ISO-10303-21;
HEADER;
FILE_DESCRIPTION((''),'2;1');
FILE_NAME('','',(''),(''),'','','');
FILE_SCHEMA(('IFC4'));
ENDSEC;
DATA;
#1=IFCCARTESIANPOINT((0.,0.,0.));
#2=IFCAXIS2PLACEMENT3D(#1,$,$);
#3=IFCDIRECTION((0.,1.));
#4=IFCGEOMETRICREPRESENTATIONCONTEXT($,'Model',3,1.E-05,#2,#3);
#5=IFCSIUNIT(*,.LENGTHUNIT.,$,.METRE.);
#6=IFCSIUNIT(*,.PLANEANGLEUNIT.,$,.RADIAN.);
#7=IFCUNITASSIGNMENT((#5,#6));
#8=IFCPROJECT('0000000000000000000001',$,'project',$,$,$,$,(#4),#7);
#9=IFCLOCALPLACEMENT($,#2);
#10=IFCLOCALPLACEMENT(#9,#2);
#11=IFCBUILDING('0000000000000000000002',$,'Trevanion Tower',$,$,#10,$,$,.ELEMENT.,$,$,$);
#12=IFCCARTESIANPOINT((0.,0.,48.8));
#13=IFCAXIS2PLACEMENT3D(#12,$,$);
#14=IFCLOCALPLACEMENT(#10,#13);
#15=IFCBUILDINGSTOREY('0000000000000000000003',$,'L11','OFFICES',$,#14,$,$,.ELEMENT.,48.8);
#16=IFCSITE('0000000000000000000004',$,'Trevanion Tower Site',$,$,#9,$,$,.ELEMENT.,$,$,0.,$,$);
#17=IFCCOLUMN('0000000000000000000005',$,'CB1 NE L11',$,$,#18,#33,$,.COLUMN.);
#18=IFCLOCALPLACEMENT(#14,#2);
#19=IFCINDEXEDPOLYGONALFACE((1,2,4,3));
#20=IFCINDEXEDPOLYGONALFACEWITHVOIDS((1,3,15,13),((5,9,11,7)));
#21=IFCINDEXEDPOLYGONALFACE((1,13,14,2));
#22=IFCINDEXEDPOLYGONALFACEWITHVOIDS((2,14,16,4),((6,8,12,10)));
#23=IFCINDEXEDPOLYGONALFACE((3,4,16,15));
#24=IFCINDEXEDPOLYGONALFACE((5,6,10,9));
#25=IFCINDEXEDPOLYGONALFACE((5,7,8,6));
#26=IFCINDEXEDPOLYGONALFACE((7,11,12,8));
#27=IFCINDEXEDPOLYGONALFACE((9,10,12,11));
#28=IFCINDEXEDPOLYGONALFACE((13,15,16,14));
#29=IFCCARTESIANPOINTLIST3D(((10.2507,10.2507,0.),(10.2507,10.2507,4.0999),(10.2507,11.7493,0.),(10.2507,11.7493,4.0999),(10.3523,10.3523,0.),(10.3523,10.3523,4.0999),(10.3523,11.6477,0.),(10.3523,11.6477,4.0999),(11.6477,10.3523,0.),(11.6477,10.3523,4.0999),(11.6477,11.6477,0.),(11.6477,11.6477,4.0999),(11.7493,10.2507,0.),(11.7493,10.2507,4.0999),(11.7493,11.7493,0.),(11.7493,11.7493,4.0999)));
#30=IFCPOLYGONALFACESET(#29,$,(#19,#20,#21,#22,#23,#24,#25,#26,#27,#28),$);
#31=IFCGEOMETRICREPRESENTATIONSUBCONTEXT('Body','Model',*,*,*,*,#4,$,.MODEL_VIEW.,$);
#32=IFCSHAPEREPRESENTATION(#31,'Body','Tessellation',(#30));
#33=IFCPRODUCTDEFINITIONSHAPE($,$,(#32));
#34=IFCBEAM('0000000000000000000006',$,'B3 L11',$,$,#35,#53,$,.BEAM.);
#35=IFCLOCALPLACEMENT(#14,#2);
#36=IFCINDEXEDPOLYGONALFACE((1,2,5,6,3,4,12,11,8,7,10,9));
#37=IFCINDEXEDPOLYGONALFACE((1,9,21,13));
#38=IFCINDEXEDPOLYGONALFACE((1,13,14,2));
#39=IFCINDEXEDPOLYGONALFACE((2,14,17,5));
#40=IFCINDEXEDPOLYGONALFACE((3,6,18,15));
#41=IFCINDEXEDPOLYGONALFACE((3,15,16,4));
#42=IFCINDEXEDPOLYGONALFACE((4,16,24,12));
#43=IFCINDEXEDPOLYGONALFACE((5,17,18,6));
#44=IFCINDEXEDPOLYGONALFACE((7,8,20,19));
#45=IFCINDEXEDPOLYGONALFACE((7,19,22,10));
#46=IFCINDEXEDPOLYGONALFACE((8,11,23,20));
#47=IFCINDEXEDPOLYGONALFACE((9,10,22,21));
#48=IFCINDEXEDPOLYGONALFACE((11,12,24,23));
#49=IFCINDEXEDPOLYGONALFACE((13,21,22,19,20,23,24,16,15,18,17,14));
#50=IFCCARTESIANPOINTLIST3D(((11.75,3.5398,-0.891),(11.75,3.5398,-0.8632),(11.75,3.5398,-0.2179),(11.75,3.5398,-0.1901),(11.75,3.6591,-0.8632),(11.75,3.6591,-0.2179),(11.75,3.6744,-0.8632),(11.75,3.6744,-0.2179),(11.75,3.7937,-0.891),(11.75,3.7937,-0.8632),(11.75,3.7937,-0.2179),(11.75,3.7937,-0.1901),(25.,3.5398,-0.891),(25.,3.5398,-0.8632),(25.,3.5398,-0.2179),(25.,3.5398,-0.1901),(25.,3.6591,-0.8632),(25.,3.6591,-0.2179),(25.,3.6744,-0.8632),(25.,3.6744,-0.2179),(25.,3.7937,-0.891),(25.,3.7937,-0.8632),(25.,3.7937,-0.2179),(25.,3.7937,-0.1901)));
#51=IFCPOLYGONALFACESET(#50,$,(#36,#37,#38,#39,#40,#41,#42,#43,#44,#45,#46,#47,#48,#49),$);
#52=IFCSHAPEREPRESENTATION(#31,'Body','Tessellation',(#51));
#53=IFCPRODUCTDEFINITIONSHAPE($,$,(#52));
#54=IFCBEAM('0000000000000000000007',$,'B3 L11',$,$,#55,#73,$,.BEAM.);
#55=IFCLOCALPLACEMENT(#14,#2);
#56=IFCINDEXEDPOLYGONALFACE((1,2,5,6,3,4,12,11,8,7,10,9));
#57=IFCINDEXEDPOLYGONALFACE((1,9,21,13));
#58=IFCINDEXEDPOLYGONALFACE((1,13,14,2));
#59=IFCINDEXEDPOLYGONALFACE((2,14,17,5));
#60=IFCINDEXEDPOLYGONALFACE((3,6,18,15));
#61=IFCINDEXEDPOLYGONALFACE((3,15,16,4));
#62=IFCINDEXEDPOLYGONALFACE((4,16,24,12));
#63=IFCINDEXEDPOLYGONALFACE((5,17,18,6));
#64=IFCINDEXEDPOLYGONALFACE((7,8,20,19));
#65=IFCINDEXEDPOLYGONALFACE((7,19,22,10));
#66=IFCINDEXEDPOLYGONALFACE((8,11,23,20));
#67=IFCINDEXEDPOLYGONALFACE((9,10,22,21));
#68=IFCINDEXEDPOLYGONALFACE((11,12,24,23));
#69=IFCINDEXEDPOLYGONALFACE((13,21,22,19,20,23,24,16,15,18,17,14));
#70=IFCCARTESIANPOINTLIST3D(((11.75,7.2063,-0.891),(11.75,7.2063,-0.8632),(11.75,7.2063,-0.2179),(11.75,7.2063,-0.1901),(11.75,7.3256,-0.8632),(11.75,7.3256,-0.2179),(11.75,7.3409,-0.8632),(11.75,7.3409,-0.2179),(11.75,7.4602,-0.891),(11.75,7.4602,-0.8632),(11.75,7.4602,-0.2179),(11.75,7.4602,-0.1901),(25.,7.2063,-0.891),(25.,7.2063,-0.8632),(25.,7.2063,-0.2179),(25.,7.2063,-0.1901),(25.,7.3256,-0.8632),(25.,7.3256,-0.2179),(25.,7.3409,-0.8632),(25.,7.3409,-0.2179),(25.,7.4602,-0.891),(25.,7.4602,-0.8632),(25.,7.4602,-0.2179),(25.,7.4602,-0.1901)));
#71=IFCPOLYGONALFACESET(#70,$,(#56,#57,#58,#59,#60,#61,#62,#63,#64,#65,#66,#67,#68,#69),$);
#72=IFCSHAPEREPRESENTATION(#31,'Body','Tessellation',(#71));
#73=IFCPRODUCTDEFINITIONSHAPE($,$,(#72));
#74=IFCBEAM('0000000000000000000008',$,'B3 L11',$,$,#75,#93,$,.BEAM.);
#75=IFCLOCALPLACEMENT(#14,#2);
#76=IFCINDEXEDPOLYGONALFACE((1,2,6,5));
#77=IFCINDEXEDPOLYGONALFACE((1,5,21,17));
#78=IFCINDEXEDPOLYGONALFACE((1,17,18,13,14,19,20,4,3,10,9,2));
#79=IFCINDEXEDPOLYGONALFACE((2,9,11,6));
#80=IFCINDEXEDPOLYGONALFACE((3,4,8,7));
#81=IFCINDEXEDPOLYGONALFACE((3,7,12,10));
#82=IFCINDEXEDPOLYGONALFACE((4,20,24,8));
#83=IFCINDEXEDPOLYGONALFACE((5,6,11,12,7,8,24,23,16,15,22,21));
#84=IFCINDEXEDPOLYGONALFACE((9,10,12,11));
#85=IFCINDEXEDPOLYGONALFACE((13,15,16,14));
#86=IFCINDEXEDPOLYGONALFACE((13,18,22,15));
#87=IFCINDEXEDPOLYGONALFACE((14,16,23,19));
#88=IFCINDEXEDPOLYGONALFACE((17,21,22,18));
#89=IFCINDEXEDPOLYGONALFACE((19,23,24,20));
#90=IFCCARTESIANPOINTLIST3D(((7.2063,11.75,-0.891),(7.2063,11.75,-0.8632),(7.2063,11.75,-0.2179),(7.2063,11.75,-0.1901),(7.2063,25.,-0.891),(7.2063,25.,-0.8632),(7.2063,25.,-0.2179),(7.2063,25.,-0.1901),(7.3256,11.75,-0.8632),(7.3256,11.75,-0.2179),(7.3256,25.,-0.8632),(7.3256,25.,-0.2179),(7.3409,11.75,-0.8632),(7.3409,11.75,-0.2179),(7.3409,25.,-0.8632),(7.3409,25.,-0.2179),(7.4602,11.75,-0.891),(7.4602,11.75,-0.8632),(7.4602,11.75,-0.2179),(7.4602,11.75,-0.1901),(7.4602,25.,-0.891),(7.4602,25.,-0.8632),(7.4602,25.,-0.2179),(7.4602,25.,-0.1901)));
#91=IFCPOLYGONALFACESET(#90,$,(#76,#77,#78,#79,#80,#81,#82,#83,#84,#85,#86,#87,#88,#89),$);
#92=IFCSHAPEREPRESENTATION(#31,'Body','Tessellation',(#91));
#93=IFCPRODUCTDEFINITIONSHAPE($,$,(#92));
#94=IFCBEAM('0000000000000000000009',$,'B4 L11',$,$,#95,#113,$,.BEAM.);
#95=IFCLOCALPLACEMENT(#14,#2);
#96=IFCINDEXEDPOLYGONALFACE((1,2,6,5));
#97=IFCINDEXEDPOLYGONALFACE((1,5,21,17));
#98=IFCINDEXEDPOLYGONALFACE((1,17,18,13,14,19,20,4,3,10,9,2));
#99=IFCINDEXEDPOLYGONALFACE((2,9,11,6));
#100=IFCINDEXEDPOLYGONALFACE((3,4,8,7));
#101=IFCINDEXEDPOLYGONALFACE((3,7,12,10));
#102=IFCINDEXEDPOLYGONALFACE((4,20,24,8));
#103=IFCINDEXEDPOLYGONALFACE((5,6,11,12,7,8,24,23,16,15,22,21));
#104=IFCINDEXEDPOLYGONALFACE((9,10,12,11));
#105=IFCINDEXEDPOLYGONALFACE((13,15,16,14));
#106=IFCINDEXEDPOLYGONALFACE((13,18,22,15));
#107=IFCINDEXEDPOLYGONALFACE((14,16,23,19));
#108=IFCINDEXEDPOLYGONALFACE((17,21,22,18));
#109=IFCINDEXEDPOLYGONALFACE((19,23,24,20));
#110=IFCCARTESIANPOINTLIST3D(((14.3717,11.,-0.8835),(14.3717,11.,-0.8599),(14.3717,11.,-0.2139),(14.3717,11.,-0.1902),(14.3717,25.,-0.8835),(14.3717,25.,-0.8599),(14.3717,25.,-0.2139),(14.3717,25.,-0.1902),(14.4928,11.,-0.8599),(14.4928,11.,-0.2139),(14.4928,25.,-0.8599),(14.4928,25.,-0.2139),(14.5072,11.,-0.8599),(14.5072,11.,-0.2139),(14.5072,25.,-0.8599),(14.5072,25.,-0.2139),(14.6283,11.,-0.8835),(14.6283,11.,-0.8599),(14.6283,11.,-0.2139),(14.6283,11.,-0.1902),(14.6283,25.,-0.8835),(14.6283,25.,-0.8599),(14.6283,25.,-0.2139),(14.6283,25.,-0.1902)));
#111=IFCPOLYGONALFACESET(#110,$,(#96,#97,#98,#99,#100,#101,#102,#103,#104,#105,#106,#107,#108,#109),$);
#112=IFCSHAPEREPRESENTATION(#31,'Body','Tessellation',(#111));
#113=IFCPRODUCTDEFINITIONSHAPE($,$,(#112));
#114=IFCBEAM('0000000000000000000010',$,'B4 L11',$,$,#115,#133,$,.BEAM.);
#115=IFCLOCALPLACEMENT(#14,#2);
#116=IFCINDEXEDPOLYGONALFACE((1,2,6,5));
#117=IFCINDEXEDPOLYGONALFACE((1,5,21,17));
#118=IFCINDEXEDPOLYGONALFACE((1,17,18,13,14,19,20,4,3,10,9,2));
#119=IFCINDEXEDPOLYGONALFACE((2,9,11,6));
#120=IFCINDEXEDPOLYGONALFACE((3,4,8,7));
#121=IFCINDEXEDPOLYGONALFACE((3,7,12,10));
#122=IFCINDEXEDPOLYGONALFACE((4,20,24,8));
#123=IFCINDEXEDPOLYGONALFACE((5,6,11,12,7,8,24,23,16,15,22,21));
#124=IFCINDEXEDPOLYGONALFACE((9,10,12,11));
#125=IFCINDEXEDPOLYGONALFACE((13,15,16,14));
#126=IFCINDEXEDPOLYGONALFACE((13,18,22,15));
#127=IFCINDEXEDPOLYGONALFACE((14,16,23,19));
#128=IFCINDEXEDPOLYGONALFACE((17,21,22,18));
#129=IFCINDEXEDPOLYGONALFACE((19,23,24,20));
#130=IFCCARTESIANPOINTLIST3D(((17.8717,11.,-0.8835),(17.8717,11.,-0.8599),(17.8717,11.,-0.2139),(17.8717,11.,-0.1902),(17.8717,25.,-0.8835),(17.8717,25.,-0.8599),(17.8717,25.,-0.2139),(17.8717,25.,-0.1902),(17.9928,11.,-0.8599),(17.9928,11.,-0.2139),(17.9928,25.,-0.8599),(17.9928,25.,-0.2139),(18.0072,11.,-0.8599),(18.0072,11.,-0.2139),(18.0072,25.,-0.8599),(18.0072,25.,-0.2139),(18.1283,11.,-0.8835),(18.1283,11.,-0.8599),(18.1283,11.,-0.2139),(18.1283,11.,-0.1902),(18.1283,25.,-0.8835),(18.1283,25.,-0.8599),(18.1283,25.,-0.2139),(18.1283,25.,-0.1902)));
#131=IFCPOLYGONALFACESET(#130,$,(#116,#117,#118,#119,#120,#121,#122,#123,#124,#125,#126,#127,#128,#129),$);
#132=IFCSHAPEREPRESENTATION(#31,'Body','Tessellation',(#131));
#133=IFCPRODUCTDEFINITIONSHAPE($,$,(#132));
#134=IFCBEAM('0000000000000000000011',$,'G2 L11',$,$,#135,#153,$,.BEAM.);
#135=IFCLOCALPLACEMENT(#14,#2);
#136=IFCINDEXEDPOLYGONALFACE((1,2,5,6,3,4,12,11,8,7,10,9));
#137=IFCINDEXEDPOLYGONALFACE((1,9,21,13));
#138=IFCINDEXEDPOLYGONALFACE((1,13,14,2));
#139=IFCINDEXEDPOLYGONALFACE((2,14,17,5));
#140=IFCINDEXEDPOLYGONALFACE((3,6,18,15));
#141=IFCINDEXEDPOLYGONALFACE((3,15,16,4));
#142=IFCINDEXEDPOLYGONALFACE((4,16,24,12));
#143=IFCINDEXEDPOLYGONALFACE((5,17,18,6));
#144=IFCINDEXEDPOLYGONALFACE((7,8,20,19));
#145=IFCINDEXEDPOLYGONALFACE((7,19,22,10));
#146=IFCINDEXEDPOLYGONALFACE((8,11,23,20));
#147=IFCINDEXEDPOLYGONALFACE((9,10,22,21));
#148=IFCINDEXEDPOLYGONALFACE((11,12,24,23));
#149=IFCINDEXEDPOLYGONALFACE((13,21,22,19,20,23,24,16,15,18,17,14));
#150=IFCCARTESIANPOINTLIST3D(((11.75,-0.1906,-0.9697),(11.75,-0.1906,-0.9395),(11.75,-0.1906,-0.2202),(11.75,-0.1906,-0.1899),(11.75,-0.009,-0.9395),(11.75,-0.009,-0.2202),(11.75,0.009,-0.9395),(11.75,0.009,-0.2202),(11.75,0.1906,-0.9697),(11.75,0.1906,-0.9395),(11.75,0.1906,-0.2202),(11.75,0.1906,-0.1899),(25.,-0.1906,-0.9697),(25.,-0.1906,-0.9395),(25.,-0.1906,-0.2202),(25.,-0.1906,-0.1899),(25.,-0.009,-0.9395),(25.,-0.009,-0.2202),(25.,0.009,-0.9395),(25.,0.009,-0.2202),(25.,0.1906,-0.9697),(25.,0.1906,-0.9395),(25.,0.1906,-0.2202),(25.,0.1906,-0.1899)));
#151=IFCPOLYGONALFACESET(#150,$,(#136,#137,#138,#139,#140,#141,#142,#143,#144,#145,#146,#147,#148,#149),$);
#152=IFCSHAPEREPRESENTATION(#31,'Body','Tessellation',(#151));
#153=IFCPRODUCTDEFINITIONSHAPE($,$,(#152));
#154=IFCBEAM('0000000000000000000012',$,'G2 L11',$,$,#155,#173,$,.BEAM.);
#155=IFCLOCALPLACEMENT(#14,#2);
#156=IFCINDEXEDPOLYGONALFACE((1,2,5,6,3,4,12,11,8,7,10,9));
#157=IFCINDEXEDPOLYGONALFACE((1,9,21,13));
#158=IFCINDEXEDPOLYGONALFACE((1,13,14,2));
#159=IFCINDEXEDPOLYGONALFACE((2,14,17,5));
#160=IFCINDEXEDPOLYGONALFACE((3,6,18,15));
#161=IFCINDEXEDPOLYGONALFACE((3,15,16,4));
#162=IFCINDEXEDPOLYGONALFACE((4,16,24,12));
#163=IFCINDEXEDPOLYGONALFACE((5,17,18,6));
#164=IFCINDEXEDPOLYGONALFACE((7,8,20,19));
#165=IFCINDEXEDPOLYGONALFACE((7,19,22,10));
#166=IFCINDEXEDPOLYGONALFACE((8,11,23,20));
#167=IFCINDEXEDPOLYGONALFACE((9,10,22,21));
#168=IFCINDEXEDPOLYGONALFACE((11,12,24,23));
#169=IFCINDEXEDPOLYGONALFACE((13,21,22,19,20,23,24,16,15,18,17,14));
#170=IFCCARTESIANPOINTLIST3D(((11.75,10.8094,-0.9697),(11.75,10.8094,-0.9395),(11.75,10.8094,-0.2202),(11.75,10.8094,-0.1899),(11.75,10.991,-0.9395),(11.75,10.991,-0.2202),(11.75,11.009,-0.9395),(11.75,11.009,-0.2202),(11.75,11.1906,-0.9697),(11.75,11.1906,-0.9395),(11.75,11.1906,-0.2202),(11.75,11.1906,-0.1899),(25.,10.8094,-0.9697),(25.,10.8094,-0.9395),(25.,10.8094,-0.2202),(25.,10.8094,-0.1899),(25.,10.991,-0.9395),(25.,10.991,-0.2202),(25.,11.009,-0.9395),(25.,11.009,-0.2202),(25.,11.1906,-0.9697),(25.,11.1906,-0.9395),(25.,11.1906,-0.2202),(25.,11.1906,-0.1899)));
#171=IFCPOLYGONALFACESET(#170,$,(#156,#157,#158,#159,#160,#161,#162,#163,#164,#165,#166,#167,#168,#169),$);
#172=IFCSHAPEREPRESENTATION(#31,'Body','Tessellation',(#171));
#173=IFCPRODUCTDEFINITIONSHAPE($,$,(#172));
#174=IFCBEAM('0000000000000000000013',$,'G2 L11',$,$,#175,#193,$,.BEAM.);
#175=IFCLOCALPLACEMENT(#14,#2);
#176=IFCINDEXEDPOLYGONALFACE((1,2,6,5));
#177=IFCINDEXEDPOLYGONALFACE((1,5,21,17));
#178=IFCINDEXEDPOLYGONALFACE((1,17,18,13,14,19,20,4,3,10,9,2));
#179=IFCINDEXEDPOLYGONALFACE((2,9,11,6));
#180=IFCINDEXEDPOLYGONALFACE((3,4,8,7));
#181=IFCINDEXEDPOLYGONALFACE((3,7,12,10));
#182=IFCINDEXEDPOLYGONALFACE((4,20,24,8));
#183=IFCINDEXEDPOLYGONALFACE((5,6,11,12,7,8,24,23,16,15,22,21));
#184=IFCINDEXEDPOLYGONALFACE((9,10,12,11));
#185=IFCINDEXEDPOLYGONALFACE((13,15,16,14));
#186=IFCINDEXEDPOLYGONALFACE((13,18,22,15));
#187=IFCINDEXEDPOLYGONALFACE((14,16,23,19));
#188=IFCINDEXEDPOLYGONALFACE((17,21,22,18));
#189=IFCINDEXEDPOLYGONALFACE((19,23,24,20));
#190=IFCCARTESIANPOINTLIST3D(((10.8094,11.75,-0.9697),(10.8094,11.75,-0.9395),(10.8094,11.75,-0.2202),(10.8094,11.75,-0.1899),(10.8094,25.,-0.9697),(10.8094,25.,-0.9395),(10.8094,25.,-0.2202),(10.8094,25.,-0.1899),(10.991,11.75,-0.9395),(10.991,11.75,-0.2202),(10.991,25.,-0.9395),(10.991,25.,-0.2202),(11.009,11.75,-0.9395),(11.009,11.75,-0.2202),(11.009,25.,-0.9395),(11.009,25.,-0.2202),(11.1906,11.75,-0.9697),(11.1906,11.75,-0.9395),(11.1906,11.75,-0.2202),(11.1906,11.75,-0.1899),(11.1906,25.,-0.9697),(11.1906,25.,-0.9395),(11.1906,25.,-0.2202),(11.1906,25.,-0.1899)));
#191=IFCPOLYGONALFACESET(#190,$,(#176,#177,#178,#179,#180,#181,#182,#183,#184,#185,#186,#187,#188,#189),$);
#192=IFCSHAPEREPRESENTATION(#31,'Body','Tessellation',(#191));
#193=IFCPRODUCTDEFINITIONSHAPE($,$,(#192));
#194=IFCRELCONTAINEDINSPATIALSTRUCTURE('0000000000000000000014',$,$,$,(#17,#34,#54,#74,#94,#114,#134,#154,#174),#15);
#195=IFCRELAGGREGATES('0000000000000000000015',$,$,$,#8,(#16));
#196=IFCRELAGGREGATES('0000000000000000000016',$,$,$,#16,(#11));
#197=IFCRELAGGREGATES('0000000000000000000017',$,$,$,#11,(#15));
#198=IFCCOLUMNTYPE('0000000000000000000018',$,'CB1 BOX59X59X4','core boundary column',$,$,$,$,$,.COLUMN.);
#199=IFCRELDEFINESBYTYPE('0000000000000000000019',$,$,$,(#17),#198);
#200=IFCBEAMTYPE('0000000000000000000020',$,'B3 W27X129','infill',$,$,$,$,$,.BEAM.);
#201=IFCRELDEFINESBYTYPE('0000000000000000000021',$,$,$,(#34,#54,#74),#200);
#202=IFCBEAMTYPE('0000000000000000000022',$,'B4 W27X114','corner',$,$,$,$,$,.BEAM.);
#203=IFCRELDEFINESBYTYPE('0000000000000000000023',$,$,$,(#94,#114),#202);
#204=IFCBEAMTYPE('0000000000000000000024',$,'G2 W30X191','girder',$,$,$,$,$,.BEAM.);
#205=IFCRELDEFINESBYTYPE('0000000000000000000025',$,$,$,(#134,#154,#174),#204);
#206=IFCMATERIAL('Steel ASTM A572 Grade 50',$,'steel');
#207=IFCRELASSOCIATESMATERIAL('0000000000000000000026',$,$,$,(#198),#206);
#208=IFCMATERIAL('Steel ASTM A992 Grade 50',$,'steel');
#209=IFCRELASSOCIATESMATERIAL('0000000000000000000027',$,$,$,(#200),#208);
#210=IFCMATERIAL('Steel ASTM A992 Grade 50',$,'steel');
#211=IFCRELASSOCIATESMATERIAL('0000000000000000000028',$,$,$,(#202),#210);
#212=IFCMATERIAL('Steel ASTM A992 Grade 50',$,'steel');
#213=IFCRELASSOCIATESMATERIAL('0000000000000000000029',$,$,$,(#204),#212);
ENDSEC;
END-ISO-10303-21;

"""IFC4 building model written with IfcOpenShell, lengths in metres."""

from ifc_helpers import new_model, si_unit, direction, frame, origin, origin_2d, place, context, subcontext, project, spatial, hollow_rectangle, i_section, extrude, material, material_profile, profile_set, type_object, element, save


model = new_model("IFC4")

# Units and contexts
model_context = context("Model", 3, precision=1e-05, world=origin(), true_north=direction((0.0, 1.0)))
body_context = subcontext(model_context, "Body", "Model", "MODEL_VIEW")
ifc_project = project(units=[si_unit("LENGTHUNIT", "METRE"), si_unit("PLANEANGLEUNIT", "RADIAN")], contexts=[model_context])

# Site, building, storey
site_placement = place(None, origin())
site = spatial("IfcSite", under=ifc_project, at=site_placement, Name="Trevanion Tower Site", CompositionType="ELEMENT", RefElevation=0.0)
building_placement = place(site_placement, origin())
building = spatial("IfcBuilding", under=site, at=building_placement, Name="Trevanion Tower", CompositionType="ELEMENT")
storey_placement = place(building_placement, frame((0.0, 0.0, 48.8)))
storey = spatial("IfcBuildingStorey", under=building, at=storey_placement, Name="L11", Description="OFFICES", CompositionType="ELEMENT", Elevation=48.8)

# Column
ifc_material_1 = material(Name="Steel ASTM A572 Grade 50", Category="steel")
ifc_material_profile_1 = material_profile(ifc_material_1, hollow_rectangle(XDim=1.4985, YDim=1.4985, WallThickness=0.1016, at=origin_2d()), Name="BOX59X59X4")
ifc_profile_set_1 = profile_set([ifc_material_profile_1], Name="Steel ASTM A572 Grade 50")
column_type = type_object("IfcColumnType", Name="CB1 BOX59X59X4", Description="core boundary column", PredefinedType="COLUMN", material=ifc_profile_set_1)
column_placement = place(storey_placement, frame((11.0, 11.0, 0.0), z_axis=(0.0, 0.0, 1.0), x_axis=(1.0, 0.0, 0.0)))
element("IfcColumn", 1, at=column_placement, inside=storey, type_object=column_type, Name="CB1 NE L11", PredefinedType="COLUMN", context=body_context, shape_type="SweptSolid", body=[
    extrude(hollow_rectangle(XDim=1.4985, YDim=1.4985, WallThickness=0.1016, at=origin_2d()), origin(), (0.0, 0.0, 1.0), 4.0999),
])

# Beams
ifc_material_2 = material(Name="Steel ASTM A992 Grade 50", Category="steel")
ifc_material_profile_2 = material_profile(ifc_material_2, i_section(OverallWidth=0.2539, OverallDepth=0.7009, WebThickness=0.0154, FlangeThickness=0.0278, at=origin_2d()), Name="W27X129")
ifc_profile_set_2 = profile_set([ifc_material_profile_2], Name="Steel ASTM A992 Grade 50")
beam_type_1 = type_object("IfcBeamType", Name="B3 W27X129", Description="infill", PredefinedType="BEAM", material=ifc_profile_set_2)
for number, where, z_axis, x_axis, name in (
    (2, (11.75, 3.6667, -0.5405), (1.0, 0.0, 0.0), (0.0, 1.0, 0.0), "B3 L11"),
    (3, (11.75, 7.3333, -0.5405), (1.0, 0.0, 0.0), (0.0, 1.0, 0.0), "B3 L11"),
    (4, (7.3333, 11.75, -0.5405), (0.0, 1.0, 0.0), (-1.0, 0.0, 0.0), "B3 L11"),
):
    element("IfcBeam", number, at=place(storey_placement, frame(where, z_axis=z_axis, x_axis=x_axis)), inside=storey, type_object=beam_type_1, Name=name, PredefinedType="BEAM", context=body_context, shape_type="SweptSolid", body=[
        extrude(i_section(OverallWidth=0.2539, OverallDepth=0.7009, WebThickness=0.0154, FlangeThickness=0.0278, at=origin_2d()), origin(), (0.0, 0.0, 1.0), 13.25),
    ])
ifc_material_3 = material(Name="Steel ASTM A992 Grade 50", Category="steel")
ifc_material_profile_3 = material_profile(ifc_material_3, i_section(OverallWidth=0.2566, OverallDepth=0.6934, WebThickness=0.0144, FlangeThickness=0.0237, at=origin_2d()), Name="W27X114")
ifc_profile_set_3 = profile_set([ifc_material_profile_3], Name="Steel ASTM A992 Grade 50")
beam_type_2 = type_object("IfcBeamType", Name="B4 W27X114", Description="corner", PredefinedType="BEAM", material=ifc_profile_set_3)
for number, where, z_axis, x_axis, name in (
    (5, (14.5, 11.0, -0.5369), (0.0, 1.0, 0.0), (-1.0, 0.0, 0.0), "B4 L11"),
    (6, (18.0, 11.0, -0.5369), (0.0, 1.0, 0.0), (-1.0, 0.0, 0.0), "B4 L11"),
):
    element("IfcBeam", number, at=place(storey_placement, frame(where, z_axis=z_axis, x_axis=x_axis)), inside=storey, type_object=beam_type_2, Name=name, PredefinedType="BEAM", context=body_context, shape_type="SweptSolid", body=[
        extrude(i_section(OverallWidth=0.2566, OverallDepth=0.6934, WebThickness=0.0144, FlangeThickness=0.0237, at=origin_2d()), origin(), (0.0, 0.0, 1.0), 14.0),
    ])
ifc_material_4 = material(Name="Steel ASTM A992 Grade 50", Category="steel")
ifc_material_profile_4 = material_profile(ifc_material_4, i_section(OverallWidth=0.3811, OverallDepth=0.7798, WebThickness=0.0181, FlangeThickness=0.0303, at=origin_2d()), Name="W30X191")
ifc_profile_set_4 = profile_set([ifc_material_profile_4], Name="Steel ASTM A992 Grade 50")
beam_type_3 = type_object("IfcBeamType", Name="G2 W30X191", Description="girder", PredefinedType="BEAM", material=ifc_profile_set_4)
for number, where, z_axis, x_axis, name in (
    (7, (11.75, 0.0, -0.5798), (1.0, 0.0, 0.0), (0.0, 1.0, 0.0), "G2 L11"),
    (8, (11.75, 11.0, -0.5798), (1.0, 0.0, 0.0), (0.0, 1.0, 0.0), "G2 L11"),
    (9, (11.0, 11.75, -0.5798), (0.0, 1.0, 0.0), (-1.0, 0.0, 0.0), "G2 L11"),
):
    element("IfcBeam", number, at=place(storey_placement, frame(where, z_axis=z_axis, x_axis=x_axis)), inside=storey, type_object=beam_type_3, Name=name, PredefinedType="BEAM", context=body_context, shape_type="SweptSolid", body=[
        extrude(i_section(OverallWidth=0.3811, OverallDepth=0.7798, WebThickness=0.0181, FlangeThickness=0.0303, at=origin_2d()), origin(), (0.0, 0.0, 1.0), 13.25),
    ])

save(model, "model.ifc")
